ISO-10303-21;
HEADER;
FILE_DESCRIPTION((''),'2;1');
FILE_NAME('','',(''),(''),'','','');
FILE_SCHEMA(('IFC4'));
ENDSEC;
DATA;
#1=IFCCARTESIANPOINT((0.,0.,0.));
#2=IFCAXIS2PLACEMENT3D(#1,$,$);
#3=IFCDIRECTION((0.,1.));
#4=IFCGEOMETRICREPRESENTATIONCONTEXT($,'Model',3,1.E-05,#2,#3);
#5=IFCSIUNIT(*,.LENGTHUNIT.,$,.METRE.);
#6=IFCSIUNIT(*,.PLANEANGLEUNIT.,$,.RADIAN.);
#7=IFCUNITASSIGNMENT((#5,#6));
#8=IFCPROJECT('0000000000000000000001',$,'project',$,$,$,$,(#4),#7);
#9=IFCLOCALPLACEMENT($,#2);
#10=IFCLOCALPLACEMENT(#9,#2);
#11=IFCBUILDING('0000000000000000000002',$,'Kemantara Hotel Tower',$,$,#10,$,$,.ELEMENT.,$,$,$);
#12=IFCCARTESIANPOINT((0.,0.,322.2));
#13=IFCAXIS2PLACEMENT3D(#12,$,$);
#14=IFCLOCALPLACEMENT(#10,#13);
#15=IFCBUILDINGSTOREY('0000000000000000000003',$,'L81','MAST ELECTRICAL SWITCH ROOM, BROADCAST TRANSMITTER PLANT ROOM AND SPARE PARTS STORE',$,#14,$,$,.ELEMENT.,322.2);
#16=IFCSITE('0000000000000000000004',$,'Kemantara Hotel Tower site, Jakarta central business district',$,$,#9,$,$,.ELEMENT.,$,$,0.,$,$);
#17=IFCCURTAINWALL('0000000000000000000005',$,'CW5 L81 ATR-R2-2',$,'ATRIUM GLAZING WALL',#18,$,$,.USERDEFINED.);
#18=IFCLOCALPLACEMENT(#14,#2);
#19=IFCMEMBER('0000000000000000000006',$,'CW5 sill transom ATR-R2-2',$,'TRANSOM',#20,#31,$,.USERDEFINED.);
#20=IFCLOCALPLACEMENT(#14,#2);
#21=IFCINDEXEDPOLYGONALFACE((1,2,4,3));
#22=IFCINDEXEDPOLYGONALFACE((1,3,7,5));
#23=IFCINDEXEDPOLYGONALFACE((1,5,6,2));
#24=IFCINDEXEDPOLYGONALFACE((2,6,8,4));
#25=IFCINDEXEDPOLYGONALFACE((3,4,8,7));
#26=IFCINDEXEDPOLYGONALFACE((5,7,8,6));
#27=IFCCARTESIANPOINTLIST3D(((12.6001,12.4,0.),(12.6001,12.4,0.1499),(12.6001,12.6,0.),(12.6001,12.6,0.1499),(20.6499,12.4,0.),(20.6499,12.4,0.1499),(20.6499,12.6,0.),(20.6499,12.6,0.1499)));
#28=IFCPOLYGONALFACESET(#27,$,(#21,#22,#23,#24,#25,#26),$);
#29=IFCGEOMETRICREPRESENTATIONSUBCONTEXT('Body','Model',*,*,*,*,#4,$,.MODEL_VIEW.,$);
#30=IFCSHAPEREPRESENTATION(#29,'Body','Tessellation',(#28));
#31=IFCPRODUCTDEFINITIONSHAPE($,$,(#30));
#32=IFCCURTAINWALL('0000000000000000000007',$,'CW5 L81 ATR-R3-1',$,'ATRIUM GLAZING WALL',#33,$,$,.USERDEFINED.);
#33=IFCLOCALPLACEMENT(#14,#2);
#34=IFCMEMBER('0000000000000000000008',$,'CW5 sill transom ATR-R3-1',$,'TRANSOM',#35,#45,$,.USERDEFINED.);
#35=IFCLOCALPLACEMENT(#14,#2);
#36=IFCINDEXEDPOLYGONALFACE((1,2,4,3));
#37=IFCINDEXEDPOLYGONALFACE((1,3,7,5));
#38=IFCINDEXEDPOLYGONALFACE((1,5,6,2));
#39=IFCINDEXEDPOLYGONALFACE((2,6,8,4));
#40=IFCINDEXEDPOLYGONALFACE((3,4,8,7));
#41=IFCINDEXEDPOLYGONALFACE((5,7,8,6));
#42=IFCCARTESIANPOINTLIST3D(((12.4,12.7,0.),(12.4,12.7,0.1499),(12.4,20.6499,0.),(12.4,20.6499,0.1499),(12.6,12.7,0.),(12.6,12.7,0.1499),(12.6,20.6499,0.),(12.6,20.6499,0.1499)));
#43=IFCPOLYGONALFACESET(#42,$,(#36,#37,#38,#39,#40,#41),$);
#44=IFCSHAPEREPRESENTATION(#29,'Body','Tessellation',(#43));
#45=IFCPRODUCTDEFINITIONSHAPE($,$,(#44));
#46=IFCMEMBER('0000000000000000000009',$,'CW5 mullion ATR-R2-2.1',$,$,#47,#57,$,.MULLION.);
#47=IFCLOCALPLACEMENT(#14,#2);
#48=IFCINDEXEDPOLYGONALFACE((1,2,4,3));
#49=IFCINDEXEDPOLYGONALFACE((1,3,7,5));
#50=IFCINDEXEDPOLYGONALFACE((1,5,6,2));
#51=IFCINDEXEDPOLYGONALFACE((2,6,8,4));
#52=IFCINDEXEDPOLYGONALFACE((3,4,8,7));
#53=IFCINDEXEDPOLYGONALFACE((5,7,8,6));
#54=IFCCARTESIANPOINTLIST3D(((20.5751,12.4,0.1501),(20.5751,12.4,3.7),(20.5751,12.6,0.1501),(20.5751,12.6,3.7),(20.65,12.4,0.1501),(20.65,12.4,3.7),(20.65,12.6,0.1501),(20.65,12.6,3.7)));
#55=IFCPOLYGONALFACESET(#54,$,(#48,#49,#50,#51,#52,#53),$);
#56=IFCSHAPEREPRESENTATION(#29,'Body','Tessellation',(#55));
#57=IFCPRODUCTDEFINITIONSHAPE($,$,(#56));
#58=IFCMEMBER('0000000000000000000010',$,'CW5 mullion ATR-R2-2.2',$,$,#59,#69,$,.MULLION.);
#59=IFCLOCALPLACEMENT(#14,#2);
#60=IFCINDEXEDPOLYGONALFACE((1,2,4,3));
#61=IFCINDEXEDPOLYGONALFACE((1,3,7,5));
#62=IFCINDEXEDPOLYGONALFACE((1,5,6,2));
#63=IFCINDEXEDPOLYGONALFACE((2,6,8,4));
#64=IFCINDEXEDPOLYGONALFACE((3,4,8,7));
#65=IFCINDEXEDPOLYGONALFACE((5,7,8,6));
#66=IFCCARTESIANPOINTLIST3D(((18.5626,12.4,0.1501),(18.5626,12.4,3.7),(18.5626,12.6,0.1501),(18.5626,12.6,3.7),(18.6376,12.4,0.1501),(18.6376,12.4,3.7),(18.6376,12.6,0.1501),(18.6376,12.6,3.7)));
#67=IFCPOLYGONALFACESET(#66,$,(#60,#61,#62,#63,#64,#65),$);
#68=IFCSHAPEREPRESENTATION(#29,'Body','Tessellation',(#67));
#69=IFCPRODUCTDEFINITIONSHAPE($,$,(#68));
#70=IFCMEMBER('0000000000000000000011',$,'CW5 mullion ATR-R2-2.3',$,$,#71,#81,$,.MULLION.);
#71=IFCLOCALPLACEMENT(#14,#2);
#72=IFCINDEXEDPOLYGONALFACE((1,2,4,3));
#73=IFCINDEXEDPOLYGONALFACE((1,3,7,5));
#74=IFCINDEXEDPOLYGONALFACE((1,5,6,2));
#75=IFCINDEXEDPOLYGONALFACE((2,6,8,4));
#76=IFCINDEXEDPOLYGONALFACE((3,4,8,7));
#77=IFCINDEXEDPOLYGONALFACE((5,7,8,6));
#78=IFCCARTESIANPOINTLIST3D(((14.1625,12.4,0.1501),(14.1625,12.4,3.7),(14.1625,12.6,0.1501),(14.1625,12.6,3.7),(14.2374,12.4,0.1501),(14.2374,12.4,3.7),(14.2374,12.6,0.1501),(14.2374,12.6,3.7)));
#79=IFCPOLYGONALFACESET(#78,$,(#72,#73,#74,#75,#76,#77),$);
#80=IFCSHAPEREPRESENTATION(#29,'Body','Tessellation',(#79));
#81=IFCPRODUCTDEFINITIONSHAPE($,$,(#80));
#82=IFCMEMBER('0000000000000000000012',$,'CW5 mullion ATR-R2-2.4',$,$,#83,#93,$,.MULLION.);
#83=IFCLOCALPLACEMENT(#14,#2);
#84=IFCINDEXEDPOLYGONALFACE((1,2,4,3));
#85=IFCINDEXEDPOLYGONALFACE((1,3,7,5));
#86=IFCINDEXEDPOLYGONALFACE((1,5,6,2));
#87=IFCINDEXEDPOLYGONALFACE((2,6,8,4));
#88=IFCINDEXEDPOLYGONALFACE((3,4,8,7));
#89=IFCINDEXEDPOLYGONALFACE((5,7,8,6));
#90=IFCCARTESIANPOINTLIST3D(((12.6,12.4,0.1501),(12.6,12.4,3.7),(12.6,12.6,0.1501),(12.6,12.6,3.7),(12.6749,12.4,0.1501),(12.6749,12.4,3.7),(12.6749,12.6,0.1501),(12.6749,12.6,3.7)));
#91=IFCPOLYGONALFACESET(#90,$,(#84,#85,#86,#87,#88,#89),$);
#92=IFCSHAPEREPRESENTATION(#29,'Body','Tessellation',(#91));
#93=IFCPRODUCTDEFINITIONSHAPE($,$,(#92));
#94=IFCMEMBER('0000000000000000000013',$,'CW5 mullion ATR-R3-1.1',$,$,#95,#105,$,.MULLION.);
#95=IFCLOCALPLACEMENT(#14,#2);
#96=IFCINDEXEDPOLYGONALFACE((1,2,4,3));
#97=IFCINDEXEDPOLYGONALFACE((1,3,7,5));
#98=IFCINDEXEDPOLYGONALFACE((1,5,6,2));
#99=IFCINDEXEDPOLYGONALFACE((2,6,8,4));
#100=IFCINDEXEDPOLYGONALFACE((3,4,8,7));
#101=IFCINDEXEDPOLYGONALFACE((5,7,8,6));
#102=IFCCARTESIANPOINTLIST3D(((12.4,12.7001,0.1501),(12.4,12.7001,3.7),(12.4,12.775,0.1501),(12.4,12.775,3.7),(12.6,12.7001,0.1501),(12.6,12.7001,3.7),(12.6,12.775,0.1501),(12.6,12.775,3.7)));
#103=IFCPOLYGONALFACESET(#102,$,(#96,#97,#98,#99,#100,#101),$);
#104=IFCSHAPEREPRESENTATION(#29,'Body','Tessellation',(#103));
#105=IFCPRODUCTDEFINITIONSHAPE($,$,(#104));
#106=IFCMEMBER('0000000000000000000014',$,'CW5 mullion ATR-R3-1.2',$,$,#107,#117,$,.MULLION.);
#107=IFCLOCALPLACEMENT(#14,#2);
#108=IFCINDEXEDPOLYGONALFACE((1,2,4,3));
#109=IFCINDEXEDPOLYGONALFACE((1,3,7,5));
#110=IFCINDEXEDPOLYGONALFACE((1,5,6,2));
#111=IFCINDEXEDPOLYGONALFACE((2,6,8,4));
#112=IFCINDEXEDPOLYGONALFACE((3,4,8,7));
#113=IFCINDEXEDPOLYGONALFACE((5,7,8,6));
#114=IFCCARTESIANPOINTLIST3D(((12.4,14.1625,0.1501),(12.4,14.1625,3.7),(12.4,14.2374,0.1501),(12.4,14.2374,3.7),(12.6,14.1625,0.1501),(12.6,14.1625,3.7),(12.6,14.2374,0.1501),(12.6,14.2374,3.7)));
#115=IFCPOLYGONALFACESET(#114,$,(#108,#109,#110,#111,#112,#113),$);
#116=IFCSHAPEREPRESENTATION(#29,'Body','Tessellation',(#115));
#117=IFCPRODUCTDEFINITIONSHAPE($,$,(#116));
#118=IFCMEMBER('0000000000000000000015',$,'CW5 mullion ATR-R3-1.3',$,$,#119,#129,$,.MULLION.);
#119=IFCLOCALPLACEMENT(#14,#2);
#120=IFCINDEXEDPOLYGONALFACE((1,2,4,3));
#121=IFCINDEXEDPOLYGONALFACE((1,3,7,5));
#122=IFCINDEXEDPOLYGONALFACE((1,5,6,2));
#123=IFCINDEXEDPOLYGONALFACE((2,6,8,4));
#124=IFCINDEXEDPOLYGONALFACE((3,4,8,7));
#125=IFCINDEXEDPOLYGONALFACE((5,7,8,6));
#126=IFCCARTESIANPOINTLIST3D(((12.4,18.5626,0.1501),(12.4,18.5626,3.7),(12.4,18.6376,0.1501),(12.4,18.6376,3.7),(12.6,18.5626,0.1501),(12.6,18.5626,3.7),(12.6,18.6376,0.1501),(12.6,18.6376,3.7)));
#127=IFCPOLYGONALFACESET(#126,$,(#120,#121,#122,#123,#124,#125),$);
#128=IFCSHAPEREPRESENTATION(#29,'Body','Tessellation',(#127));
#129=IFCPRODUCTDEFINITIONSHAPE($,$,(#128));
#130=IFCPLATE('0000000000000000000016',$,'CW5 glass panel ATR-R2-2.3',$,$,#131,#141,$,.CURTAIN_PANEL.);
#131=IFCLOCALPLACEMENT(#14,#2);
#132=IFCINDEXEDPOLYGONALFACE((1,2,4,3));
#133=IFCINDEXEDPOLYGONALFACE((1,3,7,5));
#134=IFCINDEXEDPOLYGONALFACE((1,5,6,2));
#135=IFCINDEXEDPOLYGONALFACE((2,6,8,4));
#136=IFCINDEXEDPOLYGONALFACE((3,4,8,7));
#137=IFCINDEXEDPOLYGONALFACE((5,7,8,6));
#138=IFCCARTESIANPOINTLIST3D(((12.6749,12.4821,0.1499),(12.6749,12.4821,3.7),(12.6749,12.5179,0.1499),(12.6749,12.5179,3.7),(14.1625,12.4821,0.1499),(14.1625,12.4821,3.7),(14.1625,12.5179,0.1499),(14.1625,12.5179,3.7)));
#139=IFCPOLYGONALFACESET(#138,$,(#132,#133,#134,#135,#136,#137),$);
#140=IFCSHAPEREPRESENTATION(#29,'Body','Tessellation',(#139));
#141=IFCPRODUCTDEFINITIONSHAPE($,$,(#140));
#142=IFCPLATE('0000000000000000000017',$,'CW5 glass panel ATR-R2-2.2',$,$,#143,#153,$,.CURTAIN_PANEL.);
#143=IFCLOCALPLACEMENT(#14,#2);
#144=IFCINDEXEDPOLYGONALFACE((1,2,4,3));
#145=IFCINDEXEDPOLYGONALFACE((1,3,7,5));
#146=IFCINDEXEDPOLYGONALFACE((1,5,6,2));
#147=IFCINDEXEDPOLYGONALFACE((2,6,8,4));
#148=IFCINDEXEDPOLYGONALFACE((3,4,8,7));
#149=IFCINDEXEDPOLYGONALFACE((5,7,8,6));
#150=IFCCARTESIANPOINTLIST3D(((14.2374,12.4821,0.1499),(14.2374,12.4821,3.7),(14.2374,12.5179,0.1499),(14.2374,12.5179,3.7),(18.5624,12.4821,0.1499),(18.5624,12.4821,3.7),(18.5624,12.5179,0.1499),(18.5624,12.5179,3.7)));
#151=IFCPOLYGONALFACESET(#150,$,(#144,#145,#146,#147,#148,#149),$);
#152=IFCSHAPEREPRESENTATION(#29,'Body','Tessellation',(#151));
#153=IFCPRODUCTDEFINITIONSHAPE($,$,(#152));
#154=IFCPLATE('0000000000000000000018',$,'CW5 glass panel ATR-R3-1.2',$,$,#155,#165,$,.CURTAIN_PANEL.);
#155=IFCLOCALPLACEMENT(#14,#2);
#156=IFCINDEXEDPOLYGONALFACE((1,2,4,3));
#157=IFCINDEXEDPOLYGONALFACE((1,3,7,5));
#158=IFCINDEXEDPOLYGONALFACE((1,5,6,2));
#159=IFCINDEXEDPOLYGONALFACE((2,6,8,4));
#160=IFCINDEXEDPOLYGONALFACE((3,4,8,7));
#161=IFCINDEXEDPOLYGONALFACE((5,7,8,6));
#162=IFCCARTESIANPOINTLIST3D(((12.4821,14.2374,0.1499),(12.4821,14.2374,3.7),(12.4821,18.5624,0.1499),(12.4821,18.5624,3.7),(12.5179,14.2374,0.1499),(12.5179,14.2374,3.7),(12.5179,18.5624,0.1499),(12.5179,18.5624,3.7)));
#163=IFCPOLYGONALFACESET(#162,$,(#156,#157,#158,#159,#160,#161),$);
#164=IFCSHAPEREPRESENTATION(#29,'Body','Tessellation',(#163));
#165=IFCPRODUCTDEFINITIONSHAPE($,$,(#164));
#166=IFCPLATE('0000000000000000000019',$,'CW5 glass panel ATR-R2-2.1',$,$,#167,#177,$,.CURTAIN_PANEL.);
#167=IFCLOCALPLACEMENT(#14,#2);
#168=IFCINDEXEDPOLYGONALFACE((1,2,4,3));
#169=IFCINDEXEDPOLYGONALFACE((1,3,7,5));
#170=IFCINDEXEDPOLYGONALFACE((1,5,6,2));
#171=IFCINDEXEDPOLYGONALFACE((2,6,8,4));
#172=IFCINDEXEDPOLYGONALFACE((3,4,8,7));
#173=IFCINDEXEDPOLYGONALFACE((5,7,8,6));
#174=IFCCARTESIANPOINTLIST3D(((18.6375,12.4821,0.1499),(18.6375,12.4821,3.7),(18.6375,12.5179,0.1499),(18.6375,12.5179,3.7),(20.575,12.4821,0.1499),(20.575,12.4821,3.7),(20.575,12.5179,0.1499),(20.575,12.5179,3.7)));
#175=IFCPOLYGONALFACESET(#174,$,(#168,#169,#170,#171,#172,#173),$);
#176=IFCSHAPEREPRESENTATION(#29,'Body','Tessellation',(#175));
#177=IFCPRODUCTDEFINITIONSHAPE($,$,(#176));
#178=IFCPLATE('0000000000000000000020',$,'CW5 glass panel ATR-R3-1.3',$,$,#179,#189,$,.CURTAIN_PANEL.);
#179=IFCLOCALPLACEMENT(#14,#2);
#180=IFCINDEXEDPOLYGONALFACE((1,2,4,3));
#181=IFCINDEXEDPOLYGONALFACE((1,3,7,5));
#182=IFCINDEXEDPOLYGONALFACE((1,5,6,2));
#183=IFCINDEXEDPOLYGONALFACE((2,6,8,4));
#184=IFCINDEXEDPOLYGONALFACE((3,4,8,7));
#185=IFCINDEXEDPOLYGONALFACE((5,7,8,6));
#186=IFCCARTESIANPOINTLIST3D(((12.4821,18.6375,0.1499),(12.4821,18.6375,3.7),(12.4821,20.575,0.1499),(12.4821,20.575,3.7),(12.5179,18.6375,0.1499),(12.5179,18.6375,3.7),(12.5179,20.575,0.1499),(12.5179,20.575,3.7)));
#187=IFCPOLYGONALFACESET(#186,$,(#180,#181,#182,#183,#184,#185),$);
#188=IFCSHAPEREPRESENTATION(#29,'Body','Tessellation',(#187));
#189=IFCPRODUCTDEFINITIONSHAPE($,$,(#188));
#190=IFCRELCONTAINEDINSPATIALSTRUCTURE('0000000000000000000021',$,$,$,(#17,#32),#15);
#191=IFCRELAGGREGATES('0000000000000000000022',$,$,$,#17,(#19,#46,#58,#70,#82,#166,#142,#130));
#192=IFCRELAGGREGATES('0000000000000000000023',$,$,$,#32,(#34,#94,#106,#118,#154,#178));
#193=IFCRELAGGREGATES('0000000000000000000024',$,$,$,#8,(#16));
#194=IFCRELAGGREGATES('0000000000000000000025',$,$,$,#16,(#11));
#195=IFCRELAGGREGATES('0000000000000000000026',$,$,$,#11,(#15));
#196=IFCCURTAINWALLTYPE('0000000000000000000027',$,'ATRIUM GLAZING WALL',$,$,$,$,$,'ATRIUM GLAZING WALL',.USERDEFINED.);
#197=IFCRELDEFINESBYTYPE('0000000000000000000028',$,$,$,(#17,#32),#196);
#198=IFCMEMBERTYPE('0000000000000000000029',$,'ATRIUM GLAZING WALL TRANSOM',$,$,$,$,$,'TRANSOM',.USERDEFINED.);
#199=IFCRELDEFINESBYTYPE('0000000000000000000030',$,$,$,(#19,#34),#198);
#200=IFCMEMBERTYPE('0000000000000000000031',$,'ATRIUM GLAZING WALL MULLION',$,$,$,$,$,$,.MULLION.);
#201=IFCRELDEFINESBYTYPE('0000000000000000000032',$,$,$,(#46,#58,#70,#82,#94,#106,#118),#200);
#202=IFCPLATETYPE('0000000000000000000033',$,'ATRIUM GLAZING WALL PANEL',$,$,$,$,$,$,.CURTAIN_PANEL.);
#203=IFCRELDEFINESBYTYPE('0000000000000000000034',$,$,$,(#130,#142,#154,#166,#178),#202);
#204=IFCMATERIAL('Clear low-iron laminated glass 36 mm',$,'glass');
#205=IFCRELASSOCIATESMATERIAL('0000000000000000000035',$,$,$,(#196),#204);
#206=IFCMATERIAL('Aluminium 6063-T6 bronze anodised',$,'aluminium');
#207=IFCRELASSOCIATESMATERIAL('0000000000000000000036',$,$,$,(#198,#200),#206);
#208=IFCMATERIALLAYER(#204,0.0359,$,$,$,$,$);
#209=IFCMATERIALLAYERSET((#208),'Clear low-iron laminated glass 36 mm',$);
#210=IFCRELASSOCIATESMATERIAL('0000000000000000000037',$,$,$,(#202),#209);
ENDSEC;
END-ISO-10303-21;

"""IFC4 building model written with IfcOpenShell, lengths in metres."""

from ifc_helpers import new_model, si_unit, direction, frame, origin, origin_2d, place, context, subcontext, project, spatial, rectangle, extrude, source, transform, mapped, material, layer, layer_set, material_profile, profile_set, type_object, element, aggregate, save


model = new_model("IFC4")

# Units and contexts
model_context = context("Model", 3, precision=1e-05, world=origin(), true_north=direction((0.0, 1.0)))
body_context = subcontext(model_context, "Body", "Model", "MODEL_VIEW")
ifc_project = project(units=[si_unit("LENGTHUNIT", "METRE"), si_unit("PLANEANGLEUNIT", "RADIAN")], contexts=[model_context])

# Site, building, storey
site_placement = place(None, origin())
site = spatial("IfcSite", under=ifc_project, at=site_placement, Name="Kemantara Hotel Tower site, Jakarta central business district", CompositionType="ELEMENT", RefElevation=0.0)
building_placement = place(site_placement, origin())
building = spatial("IfcBuilding", under=site, at=building_placement, Name="Kemantara Hotel Tower", CompositionType="ELEMENT")
storey_placement = place(building_placement, frame((0.0, 0.0, 322.2)))
storey = spatial("IfcBuildingStorey", under=building, at=storey_placement, Name="L81", Description="MAST ELECTRICAL SWITCH ROOM, BROADCAST TRANSMITTER PLANT ROOM AND SPARE PARTS STORE", CompositionType="ELEMENT", Elevation=322.2)

# Curtain walls, members
ifc_material_1 = material(Name="Clear low-iron laminated glass 36 mm", Category="glass")
curtain_wall_type = type_object("IfcCurtainWallType", Name="ATRIUM GLAZING WALL", ElementType="ATRIUM GLAZING WALL", PredefinedType="USERDEFINED", material=ifc_material_1)
curtain_wall_1_placement = place(storey_placement, origin())
curtain_wall_1 = element("IfcCurtainWall", 1, at=curtain_wall_1_placement, inside=storey, type_object=curtain_wall_type, Name="CW5 L81 ATR-R2-2", ObjectType="ATRIUM GLAZING WALL", PredefinedType="USERDEFINED")
ifc_material_2 = material(Name="Aluminium 6063-T6 bronze anodised", Category="aluminium")
ifc_material_profile_1 = material_profile(ifc_material_2, rectangle(XDim=0.2, YDim=0.1499, at=origin_2d()), Name="ATRIUM GLAZING WALL TRANSOM")
ifc_profile_set_1 = profile_set([ifc_material_profile_1], Name="Aluminium 6063-T6 bronze anodised")
member_type_1 = type_object("IfcMemberType", Name="ATRIUM GLAZING WALL TRANSOM", ElementType="TRANSOM", PredefinedType="USERDEFINED", material=ifc_profile_set_1)
member_1_placement = place(storey_placement, frame((20.6499, 12.5, 0.075), z_axis=(-1.0, 0.0, 0.0), x_axis=(0.0, -1.0, 0.0)))
member_1 = element("IfcMember", 2, at=member_1_placement, type_object=member_type_1, Name="CW5 sill transom ATR-R2-2", ObjectType="TRANSOM", PredefinedType="USERDEFINED", context=body_context, shape_type="SweptSolid", body=[
    extrude(rectangle(XDim=0.2, YDim=0.1499, at=origin_2d()), origin(), (0.0, 0.0, 1.0), 8.0498),
])
curtain_wall_2_placement = place(storey_placement, origin())
curtain_wall_2 = element("IfcCurtainWall", 3, at=curtain_wall_2_placement, inside=storey, type_object=curtain_wall_type, Name="CW5 L81 ATR-R3-1", ObjectType="ATRIUM GLAZING WALL", PredefinedType="USERDEFINED")
member_2_placement = place(storey_placement, frame((12.5, 12.7, 0.075), z_axis=(0.0, 1.0, 0.0), x_axis=(-1.0, 0.0, 0.0)))
member_2 = element("IfcMember", 4, at=member_2_placement, type_object=member_type_1, Name="CW5 sill transom ATR-R3-1", ObjectType="TRANSOM", PredefinedType="USERDEFINED", context=body_context, shape_type="SweptSolid", body=[
    extrude(rectangle(XDim=0.2, YDim=0.1499, at=origin_2d()), origin(), (0.0, 0.0, 1.0), 7.95),
])

# Members
ifc_material_profile_2 = material_profile(ifc_material_2, rectangle(XDim=0.2, YDim=0.075, at=origin_2d()), Name="ATRIUM GLAZING WALL MULLION")
ifc_profile_set_2 = profile_set([ifc_material_profile_2], Name="Aluminium 6063-T6 bronze anodised")
member_type_2 = type_object("IfcMemberType", Name="ATRIUM GLAZING WALL MULLION", PredefinedType="MULLION", material=ifc_profile_set_2)
shared_shape_1 = source(origin(), body_context, "Body", "SweptSolid", [
    extrude(rectangle(XDim=0.2, YDim=0.075, at=origin_2d()), origin(), (0.0, 0.0, 1.0), 3.5498),
])
member_3_placement = place(storey_placement, frame((20.6125, 12.5, 0.1501), z_axis=(0.0, 0.0, 1.0), x_axis=(0.0, -1.0, 0.0)))
member_3 = element("IfcMember", 5, at=member_3_placement, type_object=member_type_2, Name="CW5 mullion ATR-R2-2.1", PredefinedType="MULLION", context=body_context, shape_type="MappedRepresentation", body=[
    mapped(shared_shape_1, transform((0.0, 0.0, 0.0))),
])
member_4_placement = place(storey_placement, frame((18.6001, 12.5, 0.1501), z_axis=(0.0, 0.0, 1.0), x_axis=(0.0, -1.0, 0.0)))
member_4 = element("IfcMember", 6, at=member_4_placement, type_object=member_type_2, Name="CW5 mullion ATR-R2-2.2", PredefinedType="MULLION", context=body_context, shape_type="MappedRepresentation", body=[
    mapped(shared_shape_1, transform((0.0, 0.0, 0.0))),
])
member_5_placement = place(storey_placement, frame((14.2, 12.5, 0.1501), z_axis=(0.0, 0.0, 1.0), x_axis=(0.0, -1.0, 0.0)))
member_5 = element("IfcMember", 7, at=member_5_placement, type_object=member_type_2, Name="CW5 mullion ATR-R2-2.3", PredefinedType="MULLION", context=body_context, shape_type="MappedRepresentation", body=[
    mapped(shared_shape_1, transform((0.0, 0.0, 0.0))),
])
member_6_placement = place(storey_placement, frame((12.6375, 12.5, 0.1501), z_axis=(0.0, 0.0, 1.0), x_axis=(0.0, -1.0, 0.0)))
member_6 = element("IfcMember", 8, at=member_6_placement, type_object=member_type_2, Name="CW5 mullion ATR-R2-2.4", PredefinedType="MULLION", context=body_context, shape_type="MappedRepresentation", body=[
    mapped(shared_shape_1, transform((0.0, 0.0, 0.0))),
])
member_7_placement = place(storey_placement, frame((12.5, 12.7375, 0.1501), z_axis=(0.0, 0.0, 1.0), x_axis=(-1.0, 0.0, 0.0)))
member_7 = element("IfcMember", 9, at=member_7_placement, type_object=member_type_2, Name="CW5 mullion ATR-R3-1.1", PredefinedType="MULLION", context=body_context, shape_type="MappedRepresentation", body=[
    mapped(shared_shape_1, transform((0.0, 0.0, 0.0))),
])
member_8_placement = place(storey_placement, frame((12.5, 14.2, 0.1501), z_axis=(0.0, 0.0, 1.0), x_axis=(-1.0, 0.0, 0.0)))
member_8 = element("IfcMember", 10, at=member_8_placement, type_object=member_type_2, Name="CW5 mullion ATR-R3-1.2", PredefinedType="MULLION", context=body_context, shape_type="MappedRepresentation", body=[
    mapped(shared_shape_1, transform((0.0, 0.0, 0.0))),
])
member_9_placement = place(storey_placement, frame((12.5, 18.6001, 0.1501), z_axis=(0.0, 0.0, 1.0), x_axis=(-1.0, 0.0, 0.0)))
member_9 = element("IfcMember", 11, at=member_9_placement, type_object=member_type_2, Name="CW5 mullion ATR-R3-1.3", PredefinedType="MULLION", context=body_context, shape_type="MappedRepresentation", body=[
    mapped(shared_shape_1, transform((0.0, 0.0, 0.0))),
])

# Plates
ifc_layer = layer(ifc_material_1, 0.0359)
ifc_layer_set = layer_set([ifc_layer], Name="Clear low-iron laminated glass 36 mm")
plate_type = type_object("IfcPlateType", Name="ATRIUM GLAZING WALL PANEL", PredefinedType="CURTAIN_PANEL", material=ifc_layer_set)
shared_shape_2 = source(origin(), body_context, "Body", "SweptSolid", [
    extrude(rectangle(XDim=1.4875, YDim=0.0359, at=origin_2d()), origin(), (0.0, 0.0, 1.0), 3.55),
])
plate_1_placement = place(storey_placement, frame((13.4187, 12.5, 0.1499), z_axis=(0.0, 0.0, 1.0), x_axis=(-1.0, 0.0, 0.0)))
plate_1 = element("IfcPlate", 12, at=plate_1_placement, type_object=plate_type, Name="CW5 glass panel ATR-R2-2.3", PredefinedType="CURTAIN_PANEL", context=body_context, shape_type="MappedRepresentation", body=[
    mapped(shared_shape_2, transform((0.0, 0.0, 0.0))),
])
shared_shape_3 = source(origin(), body_context, "Body", "SweptSolid", [
    extrude(rectangle(XDim=4.325, YDim=0.0359, at=origin_2d()), origin(), (0.0, 0.0, 1.0), 3.55),
])
plate_2_placement = place(storey_placement, frame((16.3999, 12.5, 0.1499), z_axis=(0.0, 0.0, 1.0), x_axis=(-1.0, 0.0, 0.0)))
plate_2 = element("IfcPlate", 13, at=plate_2_placement, type_object=plate_type, Name="CW5 glass panel ATR-R2-2.2", PredefinedType="CURTAIN_PANEL", context=body_context, shape_type="MappedRepresentation", body=[
    mapped(shared_shape_3, transform((0.0, 0.0, 0.0))),
])
plate_3_placement = place(storey_placement, frame((12.5, 16.3999, 0.1499), z_axis=(0.0, 0.0, 1.0), x_axis=(0.0, 1.0, 0.0)))
plate_3 = element("IfcPlate", 14, at=plate_3_placement, type_object=plate_type, Name="CW5 glass panel ATR-R3-1.2", PredefinedType="CURTAIN_PANEL", context=body_context, shape_type="MappedRepresentation", body=[
    mapped(shared_shape_3, transform((0.0, 0.0, 0.0))),
])
shared_shape_4 = source(origin(), body_context, "Body", "SweptSolid", [
    extrude(rectangle(XDim=1.9375, YDim=0.0359, at=origin_2d()), origin(), (0.0, 0.0, 1.0), 3.55),
])
plate_4_placement = place(storey_placement, frame((19.6062, 12.5, 0.1499), z_axis=(0.0, 0.0, 1.0), x_axis=(-1.0, 0.0, 0.0)))
plate_4 = element("IfcPlate", 15, at=plate_4_placement, type_object=plate_type, Name="CW5 glass panel ATR-R2-2.1", PredefinedType="CURTAIN_PANEL", context=body_context, shape_type="MappedRepresentation", body=[
    mapped(shared_shape_4, transform((0.0, 0.0, 0.0))),
])
aggregate(curtain_wall_1, [member_1, member_3, member_4, member_5, member_6, plate_4, plate_2, plate_1])
plate_5_placement = place(storey_placement, frame((12.5, 19.6062, 0.1499), z_axis=(0.0, 0.0, 1.0), x_axis=(0.0, 1.0, 0.0)))
plate_5 = element("IfcPlate", 16, at=plate_5_placement, type_object=plate_type, Name="CW5 glass panel ATR-R3-1.3", PredefinedType="CURTAIN_PANEL", context=body_context, shape_type="MappedRepresentation", body=[
    mapped(shared_shape_4, transform((0.0, 0.0, 0.0))),
])
aggregate(curtain_wall_2, [member_2, member_7, member_8, member_9, plate_3, plate_5])

save(model, "model.ifc")
